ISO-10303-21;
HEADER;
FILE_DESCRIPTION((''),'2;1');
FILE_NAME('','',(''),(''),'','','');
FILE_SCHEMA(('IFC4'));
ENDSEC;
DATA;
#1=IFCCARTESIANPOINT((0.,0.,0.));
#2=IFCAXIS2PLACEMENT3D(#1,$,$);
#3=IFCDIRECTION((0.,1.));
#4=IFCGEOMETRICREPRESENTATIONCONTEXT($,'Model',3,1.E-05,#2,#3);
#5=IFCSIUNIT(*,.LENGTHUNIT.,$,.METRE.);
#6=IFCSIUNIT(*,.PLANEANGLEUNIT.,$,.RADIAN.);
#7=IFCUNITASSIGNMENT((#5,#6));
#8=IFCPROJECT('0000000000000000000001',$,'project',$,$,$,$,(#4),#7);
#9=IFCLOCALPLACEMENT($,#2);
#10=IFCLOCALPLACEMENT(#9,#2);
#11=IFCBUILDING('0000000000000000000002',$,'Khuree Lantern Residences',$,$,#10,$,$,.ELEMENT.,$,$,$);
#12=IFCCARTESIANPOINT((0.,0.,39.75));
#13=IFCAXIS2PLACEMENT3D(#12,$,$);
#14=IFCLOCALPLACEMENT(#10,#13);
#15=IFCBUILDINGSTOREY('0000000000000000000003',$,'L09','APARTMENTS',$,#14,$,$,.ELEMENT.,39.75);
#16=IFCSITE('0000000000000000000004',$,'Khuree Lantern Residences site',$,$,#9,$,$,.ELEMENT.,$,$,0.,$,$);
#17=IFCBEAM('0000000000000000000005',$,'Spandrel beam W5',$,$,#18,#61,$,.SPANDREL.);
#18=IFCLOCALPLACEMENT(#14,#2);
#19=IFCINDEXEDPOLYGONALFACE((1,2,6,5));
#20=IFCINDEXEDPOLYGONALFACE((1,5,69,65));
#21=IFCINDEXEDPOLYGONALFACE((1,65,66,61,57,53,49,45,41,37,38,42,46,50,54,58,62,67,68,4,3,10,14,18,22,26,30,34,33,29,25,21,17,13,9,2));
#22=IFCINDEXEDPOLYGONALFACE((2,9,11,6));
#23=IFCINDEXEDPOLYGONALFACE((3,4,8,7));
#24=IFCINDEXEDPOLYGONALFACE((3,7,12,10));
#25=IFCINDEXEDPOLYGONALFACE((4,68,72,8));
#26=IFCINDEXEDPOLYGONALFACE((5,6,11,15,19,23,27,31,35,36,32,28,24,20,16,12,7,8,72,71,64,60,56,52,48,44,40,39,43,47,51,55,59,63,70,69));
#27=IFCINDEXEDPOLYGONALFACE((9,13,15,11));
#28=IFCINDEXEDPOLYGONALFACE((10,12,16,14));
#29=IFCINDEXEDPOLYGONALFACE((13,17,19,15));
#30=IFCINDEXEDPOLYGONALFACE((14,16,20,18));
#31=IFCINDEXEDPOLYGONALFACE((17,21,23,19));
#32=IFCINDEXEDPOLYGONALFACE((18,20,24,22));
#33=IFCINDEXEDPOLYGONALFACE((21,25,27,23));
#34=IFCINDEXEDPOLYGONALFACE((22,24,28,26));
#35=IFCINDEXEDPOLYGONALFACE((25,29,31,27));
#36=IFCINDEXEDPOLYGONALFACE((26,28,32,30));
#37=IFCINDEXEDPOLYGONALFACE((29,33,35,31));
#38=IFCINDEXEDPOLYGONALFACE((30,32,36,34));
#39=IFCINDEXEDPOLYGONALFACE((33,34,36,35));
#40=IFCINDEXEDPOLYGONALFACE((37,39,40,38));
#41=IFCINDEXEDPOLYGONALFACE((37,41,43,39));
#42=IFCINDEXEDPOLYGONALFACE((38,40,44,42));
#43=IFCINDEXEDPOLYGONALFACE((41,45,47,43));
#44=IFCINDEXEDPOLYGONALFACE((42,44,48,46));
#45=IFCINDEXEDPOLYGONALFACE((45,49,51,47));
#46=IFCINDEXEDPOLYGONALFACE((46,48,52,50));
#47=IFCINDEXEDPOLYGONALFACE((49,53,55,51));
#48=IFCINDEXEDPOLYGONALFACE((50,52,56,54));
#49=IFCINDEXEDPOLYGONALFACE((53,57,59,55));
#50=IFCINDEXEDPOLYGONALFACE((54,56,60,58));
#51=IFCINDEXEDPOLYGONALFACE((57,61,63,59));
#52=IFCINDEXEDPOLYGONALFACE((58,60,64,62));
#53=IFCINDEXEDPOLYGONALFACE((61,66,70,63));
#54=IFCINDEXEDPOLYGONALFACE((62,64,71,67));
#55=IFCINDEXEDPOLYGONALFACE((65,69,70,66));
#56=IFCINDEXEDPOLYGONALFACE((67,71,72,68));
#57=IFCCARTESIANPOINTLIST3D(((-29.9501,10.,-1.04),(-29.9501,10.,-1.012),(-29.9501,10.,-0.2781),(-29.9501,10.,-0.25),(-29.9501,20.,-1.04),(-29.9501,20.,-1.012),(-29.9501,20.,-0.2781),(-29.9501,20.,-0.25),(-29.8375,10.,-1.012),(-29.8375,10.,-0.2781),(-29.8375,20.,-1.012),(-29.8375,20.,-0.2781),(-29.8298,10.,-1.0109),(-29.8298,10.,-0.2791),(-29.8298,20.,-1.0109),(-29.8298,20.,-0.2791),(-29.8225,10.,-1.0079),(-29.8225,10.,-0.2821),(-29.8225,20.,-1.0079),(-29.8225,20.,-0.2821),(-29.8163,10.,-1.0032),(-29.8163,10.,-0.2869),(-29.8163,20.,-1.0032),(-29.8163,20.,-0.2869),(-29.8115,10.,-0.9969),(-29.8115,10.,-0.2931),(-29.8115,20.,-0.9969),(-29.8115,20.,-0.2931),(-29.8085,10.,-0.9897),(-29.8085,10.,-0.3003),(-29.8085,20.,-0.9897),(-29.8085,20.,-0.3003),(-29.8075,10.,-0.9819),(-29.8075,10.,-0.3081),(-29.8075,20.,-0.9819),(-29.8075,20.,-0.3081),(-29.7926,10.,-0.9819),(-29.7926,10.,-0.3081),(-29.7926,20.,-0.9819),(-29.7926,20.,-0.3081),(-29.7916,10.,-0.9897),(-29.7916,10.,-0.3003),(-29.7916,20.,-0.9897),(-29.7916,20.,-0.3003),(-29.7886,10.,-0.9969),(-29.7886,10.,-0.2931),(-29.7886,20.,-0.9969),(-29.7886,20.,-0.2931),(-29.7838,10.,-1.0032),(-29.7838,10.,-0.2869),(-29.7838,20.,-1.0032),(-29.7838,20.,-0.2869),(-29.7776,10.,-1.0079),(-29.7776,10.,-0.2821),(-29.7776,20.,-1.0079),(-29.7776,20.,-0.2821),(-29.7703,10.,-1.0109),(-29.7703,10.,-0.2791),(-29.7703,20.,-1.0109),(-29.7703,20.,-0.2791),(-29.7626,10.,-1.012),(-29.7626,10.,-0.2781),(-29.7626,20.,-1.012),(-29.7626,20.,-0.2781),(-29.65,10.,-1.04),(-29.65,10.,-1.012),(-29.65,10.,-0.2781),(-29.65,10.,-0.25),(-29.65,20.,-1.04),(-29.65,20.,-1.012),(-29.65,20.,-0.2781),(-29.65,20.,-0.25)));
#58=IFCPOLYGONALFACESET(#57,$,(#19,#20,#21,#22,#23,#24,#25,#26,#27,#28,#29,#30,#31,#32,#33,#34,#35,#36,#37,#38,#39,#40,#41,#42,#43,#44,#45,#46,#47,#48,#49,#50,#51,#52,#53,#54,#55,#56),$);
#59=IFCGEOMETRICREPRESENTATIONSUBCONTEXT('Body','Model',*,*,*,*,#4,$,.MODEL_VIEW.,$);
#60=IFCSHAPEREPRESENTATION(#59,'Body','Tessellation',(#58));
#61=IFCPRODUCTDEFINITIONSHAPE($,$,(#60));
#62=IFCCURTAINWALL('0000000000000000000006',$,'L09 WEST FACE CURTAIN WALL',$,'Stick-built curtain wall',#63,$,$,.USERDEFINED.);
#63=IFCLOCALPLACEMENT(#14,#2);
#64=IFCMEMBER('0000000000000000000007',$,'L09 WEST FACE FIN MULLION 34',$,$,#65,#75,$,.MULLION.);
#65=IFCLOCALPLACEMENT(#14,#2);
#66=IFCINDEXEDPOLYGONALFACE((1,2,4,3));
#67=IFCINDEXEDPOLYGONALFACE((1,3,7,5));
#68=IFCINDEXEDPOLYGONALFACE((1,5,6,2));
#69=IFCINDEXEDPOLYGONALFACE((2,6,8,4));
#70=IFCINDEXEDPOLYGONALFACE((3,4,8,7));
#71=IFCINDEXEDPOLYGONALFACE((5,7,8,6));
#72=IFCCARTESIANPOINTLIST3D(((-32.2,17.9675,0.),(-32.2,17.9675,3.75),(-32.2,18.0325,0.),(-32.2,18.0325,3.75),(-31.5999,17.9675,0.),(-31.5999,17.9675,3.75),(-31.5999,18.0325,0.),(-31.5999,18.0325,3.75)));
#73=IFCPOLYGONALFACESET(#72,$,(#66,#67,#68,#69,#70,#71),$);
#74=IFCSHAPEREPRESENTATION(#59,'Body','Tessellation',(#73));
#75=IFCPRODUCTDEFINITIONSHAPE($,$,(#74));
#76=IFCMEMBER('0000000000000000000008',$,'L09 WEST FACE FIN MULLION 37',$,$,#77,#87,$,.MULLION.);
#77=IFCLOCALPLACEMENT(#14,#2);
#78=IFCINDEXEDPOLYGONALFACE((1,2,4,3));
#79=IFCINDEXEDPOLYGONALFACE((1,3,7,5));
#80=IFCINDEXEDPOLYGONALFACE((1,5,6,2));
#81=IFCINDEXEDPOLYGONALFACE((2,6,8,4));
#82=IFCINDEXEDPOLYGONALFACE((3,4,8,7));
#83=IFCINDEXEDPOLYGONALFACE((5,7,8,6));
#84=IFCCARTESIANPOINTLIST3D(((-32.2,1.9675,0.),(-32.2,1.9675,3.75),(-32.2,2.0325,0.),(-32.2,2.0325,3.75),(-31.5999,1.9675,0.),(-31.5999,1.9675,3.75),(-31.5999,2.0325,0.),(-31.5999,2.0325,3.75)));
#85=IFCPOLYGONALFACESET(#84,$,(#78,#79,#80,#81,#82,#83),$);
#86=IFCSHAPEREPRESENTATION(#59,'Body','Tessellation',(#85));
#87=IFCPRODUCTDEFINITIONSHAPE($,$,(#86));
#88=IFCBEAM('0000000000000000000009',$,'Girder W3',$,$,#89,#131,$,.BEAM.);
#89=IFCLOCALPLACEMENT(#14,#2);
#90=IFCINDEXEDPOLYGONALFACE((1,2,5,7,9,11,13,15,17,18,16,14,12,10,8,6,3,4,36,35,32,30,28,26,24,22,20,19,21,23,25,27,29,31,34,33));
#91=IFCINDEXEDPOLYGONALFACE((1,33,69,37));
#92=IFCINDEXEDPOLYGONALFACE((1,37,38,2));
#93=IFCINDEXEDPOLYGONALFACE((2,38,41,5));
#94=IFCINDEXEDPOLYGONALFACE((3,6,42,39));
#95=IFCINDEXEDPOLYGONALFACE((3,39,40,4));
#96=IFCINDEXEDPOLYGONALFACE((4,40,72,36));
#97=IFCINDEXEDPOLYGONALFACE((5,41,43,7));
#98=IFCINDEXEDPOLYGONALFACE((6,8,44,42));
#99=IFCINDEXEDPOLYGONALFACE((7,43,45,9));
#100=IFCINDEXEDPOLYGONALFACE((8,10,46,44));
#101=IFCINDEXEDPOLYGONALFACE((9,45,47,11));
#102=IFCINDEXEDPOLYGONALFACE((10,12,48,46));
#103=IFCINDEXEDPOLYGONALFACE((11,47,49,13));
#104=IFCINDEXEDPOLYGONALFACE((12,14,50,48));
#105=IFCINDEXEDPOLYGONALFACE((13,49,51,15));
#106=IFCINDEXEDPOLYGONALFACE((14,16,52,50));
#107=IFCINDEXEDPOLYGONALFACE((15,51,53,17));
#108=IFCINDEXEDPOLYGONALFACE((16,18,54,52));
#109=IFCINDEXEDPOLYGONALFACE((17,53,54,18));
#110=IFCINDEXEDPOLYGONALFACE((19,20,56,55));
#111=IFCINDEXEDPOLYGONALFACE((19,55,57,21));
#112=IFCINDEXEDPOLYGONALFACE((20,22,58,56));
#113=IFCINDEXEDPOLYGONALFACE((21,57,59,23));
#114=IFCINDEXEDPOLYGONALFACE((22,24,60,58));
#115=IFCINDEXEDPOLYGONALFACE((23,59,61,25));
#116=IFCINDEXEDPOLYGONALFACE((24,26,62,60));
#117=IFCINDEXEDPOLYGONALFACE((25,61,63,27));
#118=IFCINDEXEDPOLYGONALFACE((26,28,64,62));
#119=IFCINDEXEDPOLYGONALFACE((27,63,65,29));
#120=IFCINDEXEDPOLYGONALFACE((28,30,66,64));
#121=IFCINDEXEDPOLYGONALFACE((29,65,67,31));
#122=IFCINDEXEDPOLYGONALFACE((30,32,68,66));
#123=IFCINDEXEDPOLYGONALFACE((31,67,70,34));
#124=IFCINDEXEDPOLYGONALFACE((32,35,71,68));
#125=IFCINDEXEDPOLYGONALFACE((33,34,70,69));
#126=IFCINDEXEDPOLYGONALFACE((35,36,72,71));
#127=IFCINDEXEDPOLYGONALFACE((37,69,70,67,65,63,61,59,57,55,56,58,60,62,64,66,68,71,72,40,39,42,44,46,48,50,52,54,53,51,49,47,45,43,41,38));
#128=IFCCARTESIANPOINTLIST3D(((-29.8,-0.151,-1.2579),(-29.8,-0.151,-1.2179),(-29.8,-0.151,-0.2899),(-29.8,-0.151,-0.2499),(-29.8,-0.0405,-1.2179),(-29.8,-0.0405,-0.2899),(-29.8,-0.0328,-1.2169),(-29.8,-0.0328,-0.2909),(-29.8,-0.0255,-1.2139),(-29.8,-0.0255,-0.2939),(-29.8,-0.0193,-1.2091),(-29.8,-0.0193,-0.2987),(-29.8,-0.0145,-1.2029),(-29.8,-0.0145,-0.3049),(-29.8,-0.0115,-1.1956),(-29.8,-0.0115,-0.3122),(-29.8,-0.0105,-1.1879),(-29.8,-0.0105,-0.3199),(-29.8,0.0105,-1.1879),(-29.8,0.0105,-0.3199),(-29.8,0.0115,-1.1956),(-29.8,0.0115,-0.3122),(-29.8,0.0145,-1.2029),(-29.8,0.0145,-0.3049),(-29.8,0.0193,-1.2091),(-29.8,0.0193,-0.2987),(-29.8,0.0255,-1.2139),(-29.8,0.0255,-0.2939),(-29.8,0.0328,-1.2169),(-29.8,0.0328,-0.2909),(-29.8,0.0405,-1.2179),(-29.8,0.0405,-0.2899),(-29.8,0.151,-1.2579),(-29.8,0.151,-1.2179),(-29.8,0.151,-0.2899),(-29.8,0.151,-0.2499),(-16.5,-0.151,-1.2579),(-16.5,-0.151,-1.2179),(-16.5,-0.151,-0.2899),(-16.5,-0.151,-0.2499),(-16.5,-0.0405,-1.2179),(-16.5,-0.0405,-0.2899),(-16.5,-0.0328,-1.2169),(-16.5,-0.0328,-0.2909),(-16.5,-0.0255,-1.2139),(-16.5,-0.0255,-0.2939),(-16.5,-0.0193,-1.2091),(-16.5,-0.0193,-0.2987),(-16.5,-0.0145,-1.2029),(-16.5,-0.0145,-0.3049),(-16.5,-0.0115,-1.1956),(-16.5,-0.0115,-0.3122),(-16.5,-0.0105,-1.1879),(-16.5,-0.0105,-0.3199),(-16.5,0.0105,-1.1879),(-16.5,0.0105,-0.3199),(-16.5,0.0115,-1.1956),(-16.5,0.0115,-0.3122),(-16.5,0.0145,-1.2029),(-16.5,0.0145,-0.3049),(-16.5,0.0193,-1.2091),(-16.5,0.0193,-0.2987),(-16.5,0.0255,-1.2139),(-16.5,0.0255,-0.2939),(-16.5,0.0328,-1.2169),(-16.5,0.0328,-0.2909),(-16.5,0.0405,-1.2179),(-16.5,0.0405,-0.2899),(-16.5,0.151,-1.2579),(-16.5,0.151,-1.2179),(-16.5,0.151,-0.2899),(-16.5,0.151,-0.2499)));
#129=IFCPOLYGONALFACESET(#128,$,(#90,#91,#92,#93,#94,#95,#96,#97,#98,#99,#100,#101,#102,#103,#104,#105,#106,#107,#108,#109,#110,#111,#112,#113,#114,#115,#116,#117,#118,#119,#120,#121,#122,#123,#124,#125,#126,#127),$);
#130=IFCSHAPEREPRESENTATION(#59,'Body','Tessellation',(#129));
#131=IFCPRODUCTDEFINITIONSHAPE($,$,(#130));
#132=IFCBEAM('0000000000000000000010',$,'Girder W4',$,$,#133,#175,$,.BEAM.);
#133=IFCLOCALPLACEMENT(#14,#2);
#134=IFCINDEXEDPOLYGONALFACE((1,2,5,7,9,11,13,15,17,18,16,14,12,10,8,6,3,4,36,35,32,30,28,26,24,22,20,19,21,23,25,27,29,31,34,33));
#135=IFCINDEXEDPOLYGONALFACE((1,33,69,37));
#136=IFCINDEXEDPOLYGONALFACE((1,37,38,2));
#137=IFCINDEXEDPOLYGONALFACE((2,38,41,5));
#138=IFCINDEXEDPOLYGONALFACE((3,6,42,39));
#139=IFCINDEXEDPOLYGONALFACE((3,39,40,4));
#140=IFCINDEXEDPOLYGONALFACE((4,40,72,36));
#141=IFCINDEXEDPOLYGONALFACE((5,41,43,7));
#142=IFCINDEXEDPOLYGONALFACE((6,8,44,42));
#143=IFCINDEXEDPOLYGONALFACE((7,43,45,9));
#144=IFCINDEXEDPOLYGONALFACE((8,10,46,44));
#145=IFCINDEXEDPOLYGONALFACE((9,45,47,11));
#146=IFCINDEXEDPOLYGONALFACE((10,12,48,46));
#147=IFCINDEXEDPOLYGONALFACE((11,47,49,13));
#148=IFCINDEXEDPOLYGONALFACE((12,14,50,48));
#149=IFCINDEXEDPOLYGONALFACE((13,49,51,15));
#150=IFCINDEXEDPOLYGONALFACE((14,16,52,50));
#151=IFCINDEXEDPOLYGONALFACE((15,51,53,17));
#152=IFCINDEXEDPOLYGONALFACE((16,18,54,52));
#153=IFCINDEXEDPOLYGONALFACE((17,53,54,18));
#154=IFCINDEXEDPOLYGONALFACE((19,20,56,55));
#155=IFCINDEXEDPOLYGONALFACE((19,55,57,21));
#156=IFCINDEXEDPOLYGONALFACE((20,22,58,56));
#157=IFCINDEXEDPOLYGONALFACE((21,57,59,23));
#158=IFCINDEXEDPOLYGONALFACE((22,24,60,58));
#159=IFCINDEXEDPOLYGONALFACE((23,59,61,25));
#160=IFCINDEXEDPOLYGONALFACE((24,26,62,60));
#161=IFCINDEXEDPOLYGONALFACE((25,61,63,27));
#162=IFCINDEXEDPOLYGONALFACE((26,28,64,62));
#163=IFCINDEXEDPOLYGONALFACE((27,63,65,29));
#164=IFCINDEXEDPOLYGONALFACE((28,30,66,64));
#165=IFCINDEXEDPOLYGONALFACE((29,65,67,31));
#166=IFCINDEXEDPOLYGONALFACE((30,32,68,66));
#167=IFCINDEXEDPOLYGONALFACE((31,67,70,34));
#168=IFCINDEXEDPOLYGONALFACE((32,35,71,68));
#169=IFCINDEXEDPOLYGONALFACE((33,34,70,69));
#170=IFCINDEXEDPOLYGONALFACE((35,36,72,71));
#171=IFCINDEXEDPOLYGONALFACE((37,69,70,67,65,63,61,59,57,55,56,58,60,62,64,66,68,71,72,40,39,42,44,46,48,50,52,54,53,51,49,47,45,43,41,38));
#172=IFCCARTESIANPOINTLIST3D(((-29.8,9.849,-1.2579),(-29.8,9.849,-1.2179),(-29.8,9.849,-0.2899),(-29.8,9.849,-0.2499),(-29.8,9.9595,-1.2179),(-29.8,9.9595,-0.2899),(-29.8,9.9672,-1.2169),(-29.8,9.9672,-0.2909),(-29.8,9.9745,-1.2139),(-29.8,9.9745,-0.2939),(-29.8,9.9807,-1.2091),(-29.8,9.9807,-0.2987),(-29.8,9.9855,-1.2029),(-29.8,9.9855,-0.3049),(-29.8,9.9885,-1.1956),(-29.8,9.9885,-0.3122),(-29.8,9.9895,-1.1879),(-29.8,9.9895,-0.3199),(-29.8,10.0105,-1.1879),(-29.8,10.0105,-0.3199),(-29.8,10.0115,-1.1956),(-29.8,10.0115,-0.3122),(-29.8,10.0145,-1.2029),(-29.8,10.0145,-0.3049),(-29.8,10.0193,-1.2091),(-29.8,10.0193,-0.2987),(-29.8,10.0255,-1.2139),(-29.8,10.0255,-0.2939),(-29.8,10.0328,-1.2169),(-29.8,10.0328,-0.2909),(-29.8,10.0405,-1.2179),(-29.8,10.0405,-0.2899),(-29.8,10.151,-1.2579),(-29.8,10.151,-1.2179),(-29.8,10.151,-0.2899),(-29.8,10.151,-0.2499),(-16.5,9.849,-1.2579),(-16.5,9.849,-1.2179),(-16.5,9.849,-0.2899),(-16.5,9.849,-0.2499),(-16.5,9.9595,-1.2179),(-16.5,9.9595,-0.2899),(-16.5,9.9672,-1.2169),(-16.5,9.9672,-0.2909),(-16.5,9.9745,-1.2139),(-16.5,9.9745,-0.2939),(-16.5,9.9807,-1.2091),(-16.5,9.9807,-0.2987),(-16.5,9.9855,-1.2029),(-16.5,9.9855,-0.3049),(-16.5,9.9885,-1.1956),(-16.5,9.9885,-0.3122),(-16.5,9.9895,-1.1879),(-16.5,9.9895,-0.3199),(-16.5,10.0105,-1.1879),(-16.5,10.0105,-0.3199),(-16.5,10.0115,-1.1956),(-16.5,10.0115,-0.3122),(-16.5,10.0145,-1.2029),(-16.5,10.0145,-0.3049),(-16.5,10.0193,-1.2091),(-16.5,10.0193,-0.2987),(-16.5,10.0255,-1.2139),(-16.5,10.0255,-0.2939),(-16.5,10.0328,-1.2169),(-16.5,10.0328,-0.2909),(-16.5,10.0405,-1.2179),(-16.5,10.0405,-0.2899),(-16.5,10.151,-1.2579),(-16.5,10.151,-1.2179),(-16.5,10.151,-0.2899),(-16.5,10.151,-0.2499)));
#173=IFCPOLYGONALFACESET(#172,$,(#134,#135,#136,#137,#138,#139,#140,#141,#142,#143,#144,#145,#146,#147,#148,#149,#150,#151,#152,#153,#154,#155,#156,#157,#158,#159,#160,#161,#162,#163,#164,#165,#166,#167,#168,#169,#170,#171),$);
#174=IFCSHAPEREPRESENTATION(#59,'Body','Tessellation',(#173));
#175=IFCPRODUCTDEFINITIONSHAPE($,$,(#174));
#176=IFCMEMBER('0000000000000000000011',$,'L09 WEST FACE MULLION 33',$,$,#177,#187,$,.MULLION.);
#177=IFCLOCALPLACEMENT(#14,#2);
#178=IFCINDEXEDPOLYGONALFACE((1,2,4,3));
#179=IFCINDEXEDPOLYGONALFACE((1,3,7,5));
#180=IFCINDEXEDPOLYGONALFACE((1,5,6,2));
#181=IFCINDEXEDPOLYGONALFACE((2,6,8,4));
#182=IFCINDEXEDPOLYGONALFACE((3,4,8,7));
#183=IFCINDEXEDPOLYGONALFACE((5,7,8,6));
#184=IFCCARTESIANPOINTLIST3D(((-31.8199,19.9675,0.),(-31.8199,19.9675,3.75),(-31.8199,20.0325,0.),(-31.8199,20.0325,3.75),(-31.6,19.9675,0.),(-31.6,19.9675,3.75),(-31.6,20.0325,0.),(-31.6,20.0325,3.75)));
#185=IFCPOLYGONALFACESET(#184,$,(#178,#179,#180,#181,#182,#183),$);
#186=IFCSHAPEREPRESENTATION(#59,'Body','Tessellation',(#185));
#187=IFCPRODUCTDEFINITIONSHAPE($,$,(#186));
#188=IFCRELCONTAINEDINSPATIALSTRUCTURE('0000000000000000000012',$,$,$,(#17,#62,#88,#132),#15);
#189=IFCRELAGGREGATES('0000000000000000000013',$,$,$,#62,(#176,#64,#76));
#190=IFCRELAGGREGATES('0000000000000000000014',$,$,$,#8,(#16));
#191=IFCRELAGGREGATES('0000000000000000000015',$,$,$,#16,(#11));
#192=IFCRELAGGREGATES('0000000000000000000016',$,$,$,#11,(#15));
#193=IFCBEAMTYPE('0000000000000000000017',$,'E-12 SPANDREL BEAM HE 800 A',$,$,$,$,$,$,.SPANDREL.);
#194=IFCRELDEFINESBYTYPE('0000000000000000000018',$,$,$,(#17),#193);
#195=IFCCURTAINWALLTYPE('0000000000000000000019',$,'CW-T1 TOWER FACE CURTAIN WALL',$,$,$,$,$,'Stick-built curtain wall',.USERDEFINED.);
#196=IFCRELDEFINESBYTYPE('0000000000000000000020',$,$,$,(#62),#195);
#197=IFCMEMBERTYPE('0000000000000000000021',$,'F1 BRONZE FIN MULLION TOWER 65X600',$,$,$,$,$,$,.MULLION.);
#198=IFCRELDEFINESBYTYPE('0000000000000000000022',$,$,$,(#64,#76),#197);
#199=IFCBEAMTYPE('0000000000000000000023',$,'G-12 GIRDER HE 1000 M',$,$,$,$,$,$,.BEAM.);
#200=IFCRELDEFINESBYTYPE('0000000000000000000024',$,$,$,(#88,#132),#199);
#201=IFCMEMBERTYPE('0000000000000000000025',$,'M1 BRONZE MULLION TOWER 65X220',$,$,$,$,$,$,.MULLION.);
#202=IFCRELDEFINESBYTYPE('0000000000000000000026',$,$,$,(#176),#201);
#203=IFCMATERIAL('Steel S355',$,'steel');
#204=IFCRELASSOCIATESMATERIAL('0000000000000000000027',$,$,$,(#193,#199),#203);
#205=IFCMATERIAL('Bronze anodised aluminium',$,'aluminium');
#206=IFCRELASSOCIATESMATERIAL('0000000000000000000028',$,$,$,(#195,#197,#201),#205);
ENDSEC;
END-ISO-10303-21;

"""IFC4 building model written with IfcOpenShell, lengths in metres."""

from ifc_helpers import new_model, si_unit, direction, frame, origin, origin_2d, place, context, subcontext, project, spatial, rectangle, i_section, extrude, material, material_profile, profile_set, type_object, element, aggregate, save


model = new_model("IFC4")

# Units and contexts
model_context = context("Model", 3, precision=1e-05, world=origin(), true_north=direction((0.0, 1.0)))
body_context = subcontext(model_context, "Body", "Model", "MODEL_VIEW")
ifc_project = project(units=[si_unit("LENGTHUNIT", "METRE"), si_unit("PLANEANGLEUNIT", "RADIAN")], contexts=[model_context])

# Site, building, storey
site_placement = place(None, origin())
site = spatial("IfcSite", under=ifc_project, at=site_placement, Name="Khuree Lantern Residences site", CompositionType="ELEMENT", RefElevation=0.0)
building_placement = place(site_placement, origin())
building = spatial("IfcBuilding", under=site, at=building_placement, Name="Khuree Lantern Residences", CompositionType="ELEMENT")
storey_placement = place(building_placement, frame((0.0, 0.0, 39.75)))
storey = spatial("IfcBuildingStorey", under=building, at=storey_placement, Name="L09", Description="APARTMENTS", CompositionType="ELEMENT", Elevation=39.75)

# Beam
ifc_material_1 = material(Name="Steel S355", Category="steel")
ifc_material_profile_1 = material_profile(ifc_material_1, i_section(OverallWidth=0.3, OverallDepth=0.79, WebThickness=0.0149, FlangeThickness=0.0281, FilletRadius=0.03, at=origin_2d()), Name="HE 800 A")
ifc_profile_set_1 = profile_set([ifc_material_profile_1], Name="Steel S355")
beam_type_1 = type_object("IfcBeamType", Name="E-12 SPANDREL BEAM HE 800 A", PredefinedType="SPANDREL", material=ifc_profile_set_1)
for number, where, z_axis, x_axis, name in (
    (1, (-29.8, 10.0, -0.645), (0.0, 1.0, 0.0), (-1.0, 0.0, 0.0), "Spandrel beam W5"),
):
    element("IfcBeam", number, at=place(storey_placement, frame(where, z_axis=z_axis, x_axis=x_axis)), inside=storey, type_object=beam_type_1, Name=name, PredefinedType="SPANDREL", context=body_context, shape_type="SweptSolid", body=[
        extrude(i_section(OverallWidth=0.3, OverallDepth=0.79, WebThickness=0.0149, FlangeThickness=0.0281, FilletRadius=0.03, at=origin_2d()), origin(), (0.0, 0.0, 1.0), 10.0),
    ])

# Curtain wall, members
ifc_material_2 = material(Name="Bronze anodised aluminium", Category="aluminium")
curtain_wall_type = type_object("IfcCurtainWallType", Name="CW-T1 TOWER FACE CURTAIN WALL", ElementType="Stick-built curtain wall", PredefinedType="USERDEFINED", material=ifc_material_2)
curtain_wall_placement = place(storey_placement, origin())
curtain_wall = element("IfcCurtainWall", 2, at=curtain_wall_placement, inside=storey, type_object=curtain_wall_type, Name="L09 WEST FACE CURTAIN WALL", ObjectType="Stick-built curtain wall", PredefinedType="USERDEFINED")
ifc_material_profile_2 = material_profile(ifc_material_2, rectangle(XDim=0.0649, YDim=0.6001, at=origin_2d()), Name="F1 65X600")
ifc_profile_set_2 = profile_set([ifc_material_profile_2], Name="Bronze anodised aluminium")
member_type_1 = type_object("IfcMemberType", Name="F1 BRONZE FIN MULLION TOWER 65X600", PredefinedType="MULLION", material=ifc_profile_set_2)
member_1_placement = place(storey_placement, frame((-31.8999, 18.0, 0.0), z_axis=(0.0, 0.0, 1.0), x_axis=(0.0, -1.0, 0.0)))
member_1 = element("IfcMember", 3, at=member_1_placement, type_object=member_type_1, Name="L09 WEST FACE FIN MULLION 34", PredefinedType="MULLION", context=body_context, shape_type="SweptSolid", body=[
    extrude(rectangle(XDim=0.0649, YDim=0.6001, at=origin_2d()), origin(), (0.0, 0.0, 1.0), 3.75),
])
member_2_placement = place(storey_placement, frame((-31.8999, 2.0, 0.0), z_axis=(0.0, 0.0, 1.0), x_axis=(0.0, -1.0, 0.0)))
member_2 = element("IfcMember", 4, at=member_2_placement, type_object=member_type_1, Name="L09 WEST FACE FIN MULLION 37", PredefinedType="MULLION", context=body_context, shape_type="SweptSolid", body=[
    extrude(rectangle(XDim=0.0649, YDim=0.6001, at=origin_2d()), origin(), (0.0, 0.0, 1.0), 3.75),
])

# Beams
ifc_material_profile_3 = material_profile(ifc_material_1, i_section(OverallWidth=0.302, OverallDepth=1.0081, WebThickness=0.021, FlangeThickness=0.04, FilletRadius=0.03, at=origin_2d()), Name="HE 1000 M")
ifc_profile_set_3 = profile_set([ifc_material_profile_3], Name="Steel S355")
beam_type_2 = type_object("IfcBeamType", Name="G-12 GIRDER HE 1000 M", PredefinedType="BEAM", material=ifc_profile_set_3)
for number, where, z_axis, x_axis, name in (
    (5, (-29.8, 0.0, -0.7539), (1.0, 0.0, 0.0), (0.0, 1.0, 0.0), "Girder W3"),
    (6, (-29.8, 10.0, -0.7539), (1.0, 0.0, 0.0), (0.0, 1.0, 0.0), "Girder W4"),
):
    element("IfcBeam", number, at=place(storey_placement, frame(where, z_axis=z_axis, x_axis=x_axis)), inside=storey, type_object=beam_type_2, Name=name, PredefinedType="BEAM", context=body_context, shape_type="SweptSolid", body=[
        extrude(i_section(OverallWidth=0.302, OverallDepth=1.0081, WebThickness=0.021, FlangeThickness=0.04, FilletRadius=0.03, at=origin_2d()), origin(), (0.0, 0.0, 1.0), 13.3),
    ])

# Member
ifc_material_profile_4 = material_profile(ifc_material_2, rectangle(XDim=0.0649, YDim=0.22, at=origin_2d()), Name="M1 65X220")
ifc_profile_set_4 = profile_set([ifc_material_profile_4], Name="Bronze anodised aluminium")
member_type_2 = type_object("IfcMemberType", Name="M1 BRONZE MULLION TOWER 65X220", PredefinedType="MULLION", material=ifc_profile_set_4)
member_3_placement = place(storey_placement, frame((-31.71, 20.0, 0.0), z_axis=(0.0, 0.0, 1.0), x_axis=(0.0, -1.0, 0.0)))
member_3 = element("IfcMember", 7, at=member_3_placement, type_object=member_type_2, Name="L09 WEST FACE MULLION 33", PredefinedType="MULLION", context=body_context, shape_type="SweptSolid", body=[
    extrude(rectangle(XDim=0.0649, YDim=0.22, at=origin_2d()), origin(), (0.0, 0.0, 1.0), 3.75),
])

aggregate(curtain_wall, [member_3, member_1, member_2])

save(model, "model.ifc")
